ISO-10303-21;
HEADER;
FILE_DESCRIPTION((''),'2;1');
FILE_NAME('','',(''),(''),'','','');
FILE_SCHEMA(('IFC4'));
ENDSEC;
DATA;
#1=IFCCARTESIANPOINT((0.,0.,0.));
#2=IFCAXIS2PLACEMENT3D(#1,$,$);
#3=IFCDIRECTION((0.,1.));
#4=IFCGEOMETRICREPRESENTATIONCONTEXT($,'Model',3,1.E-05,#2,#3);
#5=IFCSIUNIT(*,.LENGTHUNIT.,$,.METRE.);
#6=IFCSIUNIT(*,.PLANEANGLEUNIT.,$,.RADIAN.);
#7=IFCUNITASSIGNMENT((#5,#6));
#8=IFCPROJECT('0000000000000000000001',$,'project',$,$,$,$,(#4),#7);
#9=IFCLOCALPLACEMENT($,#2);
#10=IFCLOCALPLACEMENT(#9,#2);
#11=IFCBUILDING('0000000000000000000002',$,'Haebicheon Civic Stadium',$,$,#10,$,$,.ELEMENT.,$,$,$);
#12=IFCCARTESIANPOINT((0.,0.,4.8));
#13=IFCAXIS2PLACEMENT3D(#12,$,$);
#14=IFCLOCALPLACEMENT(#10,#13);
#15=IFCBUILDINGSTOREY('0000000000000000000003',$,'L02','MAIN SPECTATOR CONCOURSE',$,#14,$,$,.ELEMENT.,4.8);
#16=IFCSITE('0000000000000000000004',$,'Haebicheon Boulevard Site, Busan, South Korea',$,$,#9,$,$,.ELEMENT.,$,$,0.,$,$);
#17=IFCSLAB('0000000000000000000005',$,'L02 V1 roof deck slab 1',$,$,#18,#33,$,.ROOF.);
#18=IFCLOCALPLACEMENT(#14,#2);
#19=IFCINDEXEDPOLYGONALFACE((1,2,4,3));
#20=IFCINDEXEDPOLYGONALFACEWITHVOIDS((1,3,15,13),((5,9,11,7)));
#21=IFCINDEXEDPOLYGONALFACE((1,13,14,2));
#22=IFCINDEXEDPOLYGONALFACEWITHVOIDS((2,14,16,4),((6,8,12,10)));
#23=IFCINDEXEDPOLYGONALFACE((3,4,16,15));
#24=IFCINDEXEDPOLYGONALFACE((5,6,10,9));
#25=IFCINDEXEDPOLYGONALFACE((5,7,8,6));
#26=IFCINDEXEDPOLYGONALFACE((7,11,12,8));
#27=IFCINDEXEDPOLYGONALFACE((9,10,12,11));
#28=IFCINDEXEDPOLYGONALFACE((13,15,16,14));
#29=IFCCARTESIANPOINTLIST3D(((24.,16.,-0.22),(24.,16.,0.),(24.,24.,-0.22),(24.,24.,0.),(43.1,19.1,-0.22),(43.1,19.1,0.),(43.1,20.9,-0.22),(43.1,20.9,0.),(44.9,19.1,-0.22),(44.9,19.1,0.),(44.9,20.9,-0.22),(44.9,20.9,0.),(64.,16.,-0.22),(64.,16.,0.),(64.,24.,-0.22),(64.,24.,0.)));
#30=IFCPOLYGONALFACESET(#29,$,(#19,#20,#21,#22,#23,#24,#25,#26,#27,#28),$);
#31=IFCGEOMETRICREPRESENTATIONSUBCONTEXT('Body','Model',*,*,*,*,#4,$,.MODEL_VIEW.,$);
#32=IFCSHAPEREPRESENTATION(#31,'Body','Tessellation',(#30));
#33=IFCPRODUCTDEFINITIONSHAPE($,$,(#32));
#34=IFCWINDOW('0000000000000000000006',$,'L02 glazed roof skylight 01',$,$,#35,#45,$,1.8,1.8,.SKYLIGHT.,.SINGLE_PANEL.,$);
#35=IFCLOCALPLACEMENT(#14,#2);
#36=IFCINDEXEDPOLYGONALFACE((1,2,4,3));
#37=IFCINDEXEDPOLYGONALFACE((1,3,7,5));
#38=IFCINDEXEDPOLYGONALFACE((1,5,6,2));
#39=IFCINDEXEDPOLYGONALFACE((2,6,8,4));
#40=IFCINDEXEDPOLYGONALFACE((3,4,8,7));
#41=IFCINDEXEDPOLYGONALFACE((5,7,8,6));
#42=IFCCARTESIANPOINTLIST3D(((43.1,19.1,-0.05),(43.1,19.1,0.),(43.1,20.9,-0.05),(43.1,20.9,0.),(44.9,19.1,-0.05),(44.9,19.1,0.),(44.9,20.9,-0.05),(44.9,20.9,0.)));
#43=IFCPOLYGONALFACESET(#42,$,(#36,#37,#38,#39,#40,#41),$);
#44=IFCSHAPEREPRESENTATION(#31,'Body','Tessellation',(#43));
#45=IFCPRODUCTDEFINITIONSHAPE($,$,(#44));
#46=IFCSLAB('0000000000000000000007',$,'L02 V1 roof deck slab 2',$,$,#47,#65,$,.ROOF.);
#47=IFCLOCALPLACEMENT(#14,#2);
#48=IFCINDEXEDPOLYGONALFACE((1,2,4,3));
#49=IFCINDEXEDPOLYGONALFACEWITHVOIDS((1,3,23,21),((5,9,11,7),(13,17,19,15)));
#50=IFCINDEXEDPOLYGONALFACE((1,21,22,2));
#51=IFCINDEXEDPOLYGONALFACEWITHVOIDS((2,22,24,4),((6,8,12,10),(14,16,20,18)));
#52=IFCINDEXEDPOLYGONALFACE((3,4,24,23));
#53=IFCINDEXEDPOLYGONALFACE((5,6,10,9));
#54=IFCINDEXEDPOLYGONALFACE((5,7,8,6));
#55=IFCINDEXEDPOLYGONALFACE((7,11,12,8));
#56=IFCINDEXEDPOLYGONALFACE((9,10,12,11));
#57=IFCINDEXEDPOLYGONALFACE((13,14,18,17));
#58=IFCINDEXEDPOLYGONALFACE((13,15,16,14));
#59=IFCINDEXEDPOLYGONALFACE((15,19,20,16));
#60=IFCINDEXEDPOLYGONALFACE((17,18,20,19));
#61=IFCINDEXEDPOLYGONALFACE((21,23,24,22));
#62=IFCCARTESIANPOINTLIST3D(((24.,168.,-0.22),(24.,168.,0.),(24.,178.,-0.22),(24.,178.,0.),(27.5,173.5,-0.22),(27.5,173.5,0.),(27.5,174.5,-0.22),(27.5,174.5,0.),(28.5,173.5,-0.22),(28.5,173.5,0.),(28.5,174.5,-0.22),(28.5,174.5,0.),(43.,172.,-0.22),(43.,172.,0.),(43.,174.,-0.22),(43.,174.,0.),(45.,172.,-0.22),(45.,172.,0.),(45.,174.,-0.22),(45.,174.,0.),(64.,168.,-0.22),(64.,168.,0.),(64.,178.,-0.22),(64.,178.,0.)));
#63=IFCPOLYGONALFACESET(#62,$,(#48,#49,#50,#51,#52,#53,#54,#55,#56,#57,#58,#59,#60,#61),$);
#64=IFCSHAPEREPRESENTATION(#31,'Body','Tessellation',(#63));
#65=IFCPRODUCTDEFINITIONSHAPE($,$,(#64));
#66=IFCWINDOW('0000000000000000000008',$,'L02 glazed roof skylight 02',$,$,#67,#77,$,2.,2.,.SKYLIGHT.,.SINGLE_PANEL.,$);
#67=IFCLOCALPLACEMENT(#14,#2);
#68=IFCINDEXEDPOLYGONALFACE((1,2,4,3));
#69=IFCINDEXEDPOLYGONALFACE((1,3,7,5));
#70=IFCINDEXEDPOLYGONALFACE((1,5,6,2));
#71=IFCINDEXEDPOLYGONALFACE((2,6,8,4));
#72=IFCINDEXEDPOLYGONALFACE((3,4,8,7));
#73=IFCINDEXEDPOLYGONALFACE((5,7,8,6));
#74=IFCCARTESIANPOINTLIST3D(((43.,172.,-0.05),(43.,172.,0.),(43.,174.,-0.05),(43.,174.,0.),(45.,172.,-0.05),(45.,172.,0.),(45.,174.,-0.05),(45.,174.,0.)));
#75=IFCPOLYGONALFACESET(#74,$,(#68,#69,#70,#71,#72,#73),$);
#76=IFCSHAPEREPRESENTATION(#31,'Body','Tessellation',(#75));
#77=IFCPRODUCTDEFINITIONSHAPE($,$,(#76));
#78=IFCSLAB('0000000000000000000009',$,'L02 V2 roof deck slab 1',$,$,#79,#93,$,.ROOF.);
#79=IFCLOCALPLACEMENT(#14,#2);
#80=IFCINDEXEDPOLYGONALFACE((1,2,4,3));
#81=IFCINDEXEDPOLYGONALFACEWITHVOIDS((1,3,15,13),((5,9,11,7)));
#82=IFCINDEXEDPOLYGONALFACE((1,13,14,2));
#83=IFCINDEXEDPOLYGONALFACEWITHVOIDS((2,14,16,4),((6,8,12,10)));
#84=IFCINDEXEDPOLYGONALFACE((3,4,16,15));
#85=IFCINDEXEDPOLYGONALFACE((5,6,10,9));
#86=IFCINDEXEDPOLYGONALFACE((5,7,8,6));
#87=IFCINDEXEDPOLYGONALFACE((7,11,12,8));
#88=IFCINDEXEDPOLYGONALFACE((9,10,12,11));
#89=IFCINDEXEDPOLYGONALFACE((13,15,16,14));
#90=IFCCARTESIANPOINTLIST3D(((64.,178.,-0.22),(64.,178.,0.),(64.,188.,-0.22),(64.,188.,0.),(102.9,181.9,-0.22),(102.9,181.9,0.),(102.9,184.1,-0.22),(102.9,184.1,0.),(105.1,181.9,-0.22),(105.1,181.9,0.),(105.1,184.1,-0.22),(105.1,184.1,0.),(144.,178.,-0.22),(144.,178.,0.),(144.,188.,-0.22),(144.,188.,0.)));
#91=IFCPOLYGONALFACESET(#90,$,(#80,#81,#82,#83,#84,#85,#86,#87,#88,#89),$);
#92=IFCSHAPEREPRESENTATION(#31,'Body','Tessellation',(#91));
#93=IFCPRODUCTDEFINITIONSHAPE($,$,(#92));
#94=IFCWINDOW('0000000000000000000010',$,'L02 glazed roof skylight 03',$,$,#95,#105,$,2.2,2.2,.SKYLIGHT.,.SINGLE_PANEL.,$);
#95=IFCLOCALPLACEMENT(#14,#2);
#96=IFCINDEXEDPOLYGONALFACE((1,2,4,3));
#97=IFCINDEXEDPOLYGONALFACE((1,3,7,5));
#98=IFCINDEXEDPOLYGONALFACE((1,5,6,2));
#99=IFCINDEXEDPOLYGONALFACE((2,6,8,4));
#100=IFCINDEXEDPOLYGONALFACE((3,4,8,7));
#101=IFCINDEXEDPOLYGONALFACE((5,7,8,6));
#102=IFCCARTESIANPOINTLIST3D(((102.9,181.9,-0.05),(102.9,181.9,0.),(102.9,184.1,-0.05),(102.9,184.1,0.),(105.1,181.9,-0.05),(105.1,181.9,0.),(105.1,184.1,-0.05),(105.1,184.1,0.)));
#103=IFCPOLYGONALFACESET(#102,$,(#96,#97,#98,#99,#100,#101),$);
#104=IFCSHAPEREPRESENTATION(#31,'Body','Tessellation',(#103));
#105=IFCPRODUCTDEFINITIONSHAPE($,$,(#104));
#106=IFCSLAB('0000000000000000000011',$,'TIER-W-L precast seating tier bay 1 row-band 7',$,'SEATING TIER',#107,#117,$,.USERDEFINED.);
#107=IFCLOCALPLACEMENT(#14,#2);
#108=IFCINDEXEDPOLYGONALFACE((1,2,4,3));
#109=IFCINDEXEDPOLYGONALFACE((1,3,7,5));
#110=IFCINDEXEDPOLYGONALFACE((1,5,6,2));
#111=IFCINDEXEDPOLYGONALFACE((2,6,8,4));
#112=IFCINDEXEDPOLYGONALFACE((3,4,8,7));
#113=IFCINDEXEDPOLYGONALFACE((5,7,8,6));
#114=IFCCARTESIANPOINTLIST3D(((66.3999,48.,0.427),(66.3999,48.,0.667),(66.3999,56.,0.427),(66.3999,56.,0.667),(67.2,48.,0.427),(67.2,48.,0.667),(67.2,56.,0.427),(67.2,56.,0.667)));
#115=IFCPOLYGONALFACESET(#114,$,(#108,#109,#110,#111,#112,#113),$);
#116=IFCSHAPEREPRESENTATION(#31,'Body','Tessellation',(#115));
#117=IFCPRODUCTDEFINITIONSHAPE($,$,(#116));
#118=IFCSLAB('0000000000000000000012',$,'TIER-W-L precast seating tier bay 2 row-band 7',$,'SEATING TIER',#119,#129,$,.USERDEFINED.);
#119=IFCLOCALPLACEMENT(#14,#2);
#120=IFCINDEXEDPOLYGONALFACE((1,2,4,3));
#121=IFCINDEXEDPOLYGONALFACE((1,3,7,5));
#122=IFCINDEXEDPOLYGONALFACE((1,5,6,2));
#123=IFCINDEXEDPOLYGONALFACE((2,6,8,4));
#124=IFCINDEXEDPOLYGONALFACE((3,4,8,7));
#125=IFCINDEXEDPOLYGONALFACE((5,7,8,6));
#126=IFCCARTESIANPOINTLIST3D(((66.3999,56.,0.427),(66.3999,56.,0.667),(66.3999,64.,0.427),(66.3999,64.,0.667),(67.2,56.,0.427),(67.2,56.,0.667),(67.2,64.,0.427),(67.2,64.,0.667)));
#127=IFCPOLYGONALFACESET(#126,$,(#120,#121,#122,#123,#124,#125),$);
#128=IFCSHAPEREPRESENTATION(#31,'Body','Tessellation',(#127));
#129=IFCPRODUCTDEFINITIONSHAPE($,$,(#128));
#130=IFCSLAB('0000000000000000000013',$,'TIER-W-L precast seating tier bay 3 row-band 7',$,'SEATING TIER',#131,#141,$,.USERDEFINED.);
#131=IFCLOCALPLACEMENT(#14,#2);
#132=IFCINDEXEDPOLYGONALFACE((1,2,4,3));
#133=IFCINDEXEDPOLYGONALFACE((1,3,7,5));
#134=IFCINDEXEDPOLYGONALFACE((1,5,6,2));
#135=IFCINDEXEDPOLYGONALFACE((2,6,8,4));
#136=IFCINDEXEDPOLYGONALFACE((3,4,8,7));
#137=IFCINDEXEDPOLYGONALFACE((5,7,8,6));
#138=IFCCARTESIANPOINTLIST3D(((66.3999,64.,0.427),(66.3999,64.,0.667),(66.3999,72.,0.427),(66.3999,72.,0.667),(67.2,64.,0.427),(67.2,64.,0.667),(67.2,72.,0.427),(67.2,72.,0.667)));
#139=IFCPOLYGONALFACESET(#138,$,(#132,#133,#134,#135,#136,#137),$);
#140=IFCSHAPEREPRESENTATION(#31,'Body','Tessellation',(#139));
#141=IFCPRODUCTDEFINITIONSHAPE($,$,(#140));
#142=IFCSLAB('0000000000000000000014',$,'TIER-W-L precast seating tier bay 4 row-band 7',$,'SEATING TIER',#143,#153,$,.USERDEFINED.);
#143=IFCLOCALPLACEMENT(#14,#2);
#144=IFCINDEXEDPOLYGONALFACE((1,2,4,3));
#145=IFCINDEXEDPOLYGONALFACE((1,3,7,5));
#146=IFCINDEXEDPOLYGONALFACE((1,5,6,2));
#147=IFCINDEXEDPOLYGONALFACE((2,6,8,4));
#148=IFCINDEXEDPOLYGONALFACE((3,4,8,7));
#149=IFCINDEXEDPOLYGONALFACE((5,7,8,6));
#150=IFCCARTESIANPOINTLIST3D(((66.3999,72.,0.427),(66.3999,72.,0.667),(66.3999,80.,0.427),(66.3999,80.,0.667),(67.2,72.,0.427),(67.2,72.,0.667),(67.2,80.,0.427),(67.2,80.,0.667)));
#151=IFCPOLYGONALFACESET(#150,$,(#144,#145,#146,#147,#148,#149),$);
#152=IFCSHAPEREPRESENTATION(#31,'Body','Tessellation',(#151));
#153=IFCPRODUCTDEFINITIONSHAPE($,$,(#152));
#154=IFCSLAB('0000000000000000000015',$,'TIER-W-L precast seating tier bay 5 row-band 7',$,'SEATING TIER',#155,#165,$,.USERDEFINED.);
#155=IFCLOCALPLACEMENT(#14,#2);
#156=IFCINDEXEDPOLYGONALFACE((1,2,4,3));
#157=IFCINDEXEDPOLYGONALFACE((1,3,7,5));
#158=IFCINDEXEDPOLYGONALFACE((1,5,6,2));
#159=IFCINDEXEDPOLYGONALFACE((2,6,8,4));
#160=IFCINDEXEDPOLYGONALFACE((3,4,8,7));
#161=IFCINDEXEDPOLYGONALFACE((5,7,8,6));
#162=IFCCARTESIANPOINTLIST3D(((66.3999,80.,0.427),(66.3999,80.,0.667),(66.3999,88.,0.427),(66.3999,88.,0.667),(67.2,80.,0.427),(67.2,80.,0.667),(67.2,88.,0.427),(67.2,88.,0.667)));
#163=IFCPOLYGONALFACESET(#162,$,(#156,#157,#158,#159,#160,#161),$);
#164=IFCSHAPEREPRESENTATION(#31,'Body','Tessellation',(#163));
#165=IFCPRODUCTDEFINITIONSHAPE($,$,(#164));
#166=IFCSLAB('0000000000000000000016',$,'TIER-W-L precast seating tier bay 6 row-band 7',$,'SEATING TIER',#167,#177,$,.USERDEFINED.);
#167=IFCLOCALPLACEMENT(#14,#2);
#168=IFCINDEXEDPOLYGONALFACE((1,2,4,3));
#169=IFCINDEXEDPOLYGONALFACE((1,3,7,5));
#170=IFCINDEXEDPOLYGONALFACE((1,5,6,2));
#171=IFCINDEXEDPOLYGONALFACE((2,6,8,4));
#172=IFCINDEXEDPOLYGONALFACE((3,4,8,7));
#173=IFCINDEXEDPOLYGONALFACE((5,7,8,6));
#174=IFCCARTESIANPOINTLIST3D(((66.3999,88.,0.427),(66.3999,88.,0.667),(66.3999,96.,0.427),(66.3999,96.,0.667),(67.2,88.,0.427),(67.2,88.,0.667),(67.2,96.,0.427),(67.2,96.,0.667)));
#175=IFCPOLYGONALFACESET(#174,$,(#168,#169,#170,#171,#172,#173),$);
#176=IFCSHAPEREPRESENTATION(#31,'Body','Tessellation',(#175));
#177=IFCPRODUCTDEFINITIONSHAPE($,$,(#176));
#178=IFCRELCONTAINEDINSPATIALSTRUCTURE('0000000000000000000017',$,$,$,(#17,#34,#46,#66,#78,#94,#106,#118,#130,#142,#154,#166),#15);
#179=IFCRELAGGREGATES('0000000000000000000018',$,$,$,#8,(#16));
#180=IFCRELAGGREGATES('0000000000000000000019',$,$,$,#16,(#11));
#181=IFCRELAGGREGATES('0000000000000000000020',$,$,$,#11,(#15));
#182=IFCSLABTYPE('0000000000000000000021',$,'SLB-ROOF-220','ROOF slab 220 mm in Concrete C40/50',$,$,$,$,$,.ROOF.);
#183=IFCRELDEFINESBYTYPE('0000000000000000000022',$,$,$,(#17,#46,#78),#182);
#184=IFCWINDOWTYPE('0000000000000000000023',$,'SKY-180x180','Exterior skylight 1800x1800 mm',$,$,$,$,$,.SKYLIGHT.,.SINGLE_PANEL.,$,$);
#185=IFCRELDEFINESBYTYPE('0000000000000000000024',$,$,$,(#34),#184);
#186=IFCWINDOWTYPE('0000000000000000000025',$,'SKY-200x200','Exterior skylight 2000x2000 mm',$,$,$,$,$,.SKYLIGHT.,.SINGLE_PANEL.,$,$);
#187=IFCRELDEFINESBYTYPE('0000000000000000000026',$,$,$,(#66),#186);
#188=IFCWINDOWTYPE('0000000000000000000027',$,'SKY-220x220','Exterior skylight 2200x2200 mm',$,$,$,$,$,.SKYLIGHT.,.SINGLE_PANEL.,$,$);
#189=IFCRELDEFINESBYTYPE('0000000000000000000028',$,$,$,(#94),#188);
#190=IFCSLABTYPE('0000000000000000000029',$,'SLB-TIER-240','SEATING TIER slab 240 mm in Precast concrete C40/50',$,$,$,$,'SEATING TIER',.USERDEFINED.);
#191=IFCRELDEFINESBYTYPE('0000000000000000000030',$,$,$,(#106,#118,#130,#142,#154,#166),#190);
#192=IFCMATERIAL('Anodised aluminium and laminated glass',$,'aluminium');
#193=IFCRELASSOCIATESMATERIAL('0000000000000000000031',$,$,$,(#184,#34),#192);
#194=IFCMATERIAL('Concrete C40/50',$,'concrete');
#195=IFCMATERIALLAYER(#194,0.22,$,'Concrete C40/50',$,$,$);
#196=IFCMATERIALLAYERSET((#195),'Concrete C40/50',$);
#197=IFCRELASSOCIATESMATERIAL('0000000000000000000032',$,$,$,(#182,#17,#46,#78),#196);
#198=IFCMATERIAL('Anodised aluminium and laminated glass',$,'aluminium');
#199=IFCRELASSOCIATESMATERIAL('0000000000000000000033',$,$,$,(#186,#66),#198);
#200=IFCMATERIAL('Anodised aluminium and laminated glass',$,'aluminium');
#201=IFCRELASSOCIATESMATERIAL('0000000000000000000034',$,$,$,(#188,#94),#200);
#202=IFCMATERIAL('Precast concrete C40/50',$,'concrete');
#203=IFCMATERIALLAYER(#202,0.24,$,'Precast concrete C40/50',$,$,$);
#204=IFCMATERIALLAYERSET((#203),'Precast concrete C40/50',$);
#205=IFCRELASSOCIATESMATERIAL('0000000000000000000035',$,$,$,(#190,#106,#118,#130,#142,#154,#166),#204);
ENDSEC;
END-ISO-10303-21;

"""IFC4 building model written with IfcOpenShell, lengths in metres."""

from ifc_helpers import new_model, si_unit, direction, frame, origin, origin_2d, place, context, subcontext, project, spatial, polyline, rectangle, outline, extrude, material, layer, layer_set, type_object, element, fill, save


model = new_model("IFC4")

# Units and contexts
model_context = context("Model", 3, precision=1e-05, world=origin(), true_north=direction((0.0, 1.0)))
body_context = subcontext(model_context, "Body", "Model", "MODEL_VIEW")
ifc_project = project(units=[si_unit("LENGTHUNIT", "METRE"), si_unit("PLANEANGLEUNIT", "RADIAN")], contexts=[model_context])

# Site, building, storey
site_placement = place(None, origin())
site = spatial("IfcSite", under=ifc_project, at=site_placement, Name="Haebicheon Boulevard Site, Busan, South Korea", CompositionType="ELEMENT", RefElevation=0.0)
building_placement = place(site_placement, origin())
building = spatial("IfcBuilding", under=site, at=building_placement, Name="Haebicheon Civic Stadium", CompositionType="ELEMENT")
storey_placement = place(building_placement, frame((0.0, 0.0, 4.8)))
storey = spatial("IfcBuildingStorey", under=building, at=storey_placement, Name="L02", Description="MAIN SPECTATOR CONCOURSE", CompositionType="ELEMENT", Elevation=4.8)

# Slabs, openings, windows
ifc_material_1 = material(Name="Anodised aluminium and laminated glass", Category="aluminium")
window_type_1 = type_object("IfcWindowType", Name="SKY-180x180", Description="Exterior skylight 1800x1800 mm", PartitioningType="SINGLE_PANEL", PredefinedType="SKYLIGHT", material=ifc_material_1)
ifc_material_2 = material(Name="Concrete C40/50", Category="concrete")
ifc_layer_1 = layer(ifc_material_2, 0.22, Name="Concrete C40/50")
ifc_layer_set_1 = layer_set([ifc_layer_1], Name="Concrete C40/50")
slab_type_1 = type_object("IfcSlabType", Name="SLB-ROOF-220", Description="ROOF slab 220 mm in Concrete C40/50", PredefinedType="ROOF", material=ifc_layer_set_1)
slab_1_placement = place(storey_placement, frame((0.0, 0.0, -0.22)))
slab_1 = element("IfcSlab", 1, at=slab_1_placement, inside=storey, type_object=slab_type_1, material=ifc_layer_set_1, Name="L02 V1 roof deck slab 1", PredefinedType="ROOF", context=body_context, shape_type="SweptSolid", body=[
    extrude(outline(polyline([(24.0, 24.0), (64.0, 24.0), (64.0, 16.0), (24.0, 16.0), (24.0, 24.0)])), origin(), (0.0, 0.0, 1.0), 0.22),
])
opening_1_placement = place(slab_1_placement, frame((44.0, 20.0, -0.01)))
opening_1 = element("IfcOpeningElement", 2, at=opening_1_placement, cuts=slab_1, PredefinedType="OPENING", context=body_context, shape_type="SweptSolid", body=[
    extrude(rectangle(XDim=1.8, YDim=1.8, at=origin_2d()), origin(), (0.0, 0.0, 1.0), 0.24),
])
window_1_placement = place(slab_1_placement, frame((44.0, 20.0, 0.1699)))
window_1 = element("IfcWindow", 3, at=window_1_placement, inside=storey, type_object=window_type_1, material=ifc_material_1, Name="L02 glazed roof skylight 01", OverallHeight=1.8, OverallWidth=1.8, PartitioningType="SINGLE_PANEL", PredefinedType="SKYLIGHT", context=body_context, shape_type="SweptSolid", body=[
    extrude(rectangle(XDim=1.8, YDim=1.8, at=origin_2d()), origin(), (0.0, 0.0, 1.0), 0.05),
])
fill(opening_1, window_1)
slab_2_placement = place(storey_placement, frame((0.0, 0.0, -0.22)))
slab_2 = element("IfcSlab", 4, at=slab_2_placement, inside=storey, type_object=slab_type_1, material=ifc_layer_set_1, Name="L02 V1 roof deck slab 2", PredefinedType="ROOF", context=body_context, shape_type="SweptSolid", body=[
    extrude(outline(polyline([(24.0, 178.0), (64.0, 178.0), (64.0, 168.0), (24.0, 168.0), (24.0, 178.0)]), holes=[polyline([(27.5, 173.5), (28.5, 173.5), (28.5, 174.5), (27.5, 174.5), (27.5, 173.5)])]), origin(), (0.0, 0.0, 1.0), 0.22),
])
opening_2_placement = place(slab_2_placement, frame((44.0, 173.0, -0.01)))
opening_2 = element("IfcOpeningElement", 5, at=opening_2_placement, cuts=slab_2, PredefinedType="OPENING", context=body_context, shape_type="SweptSolid", body=[
    extrude(rectangle(XDim=2.0, YDim=2.0, at=origin_2d()), origin(), (0.0, 0.0, 1.0), 0.24),
])
ifc_material_3 = material(Name="Anodised aluminium and laminated glass", Category="aluminium")
window_type_2 = type_object("IfcWindowType", Name="SKY-200x200", Description="Exterior skylight 2000x2000 mm", PartitioningType="SINGLE_PANEL", PredefinedType="SKYLIGHT", material=ifc_material_3)
window_2_placement = place(slab_2_placement, frame((44.0, 173.0, 0.1699)))
window_2 = element("IfcWindow", 6, at=window_2_placement, inside=storey, type_object=window_type_2, material=ifc_material_3, Name="L02 glazed roof skylight 02", OverallHeight=2.0, OverallWidth=2.0, PartitioningType="SINGLE_PANEL", PredefinedType="SKYLIGHT", context=body_context, shape_type="SweptSolid", body=[
    extrude(rectangle(XDim=2.0, YDim=2.0, at=origin_2d()), origin(), (0.0, 0.0, 1.0), 0.05),
])
fill(opening_2, window_2)
slab_3_placement = place(storey_placement, frame((0.0, 0.0, -0.22)))
slab_3 = element("IfcSlab", 7, at=slab_3_placement, inside=storey, type_object=slab_type_1, material=ifc_layer_set_1, Name="L02 V2 roof deck slab 1", PredefinedType="ROOF", context=body_context, shape_type="SweptSolid", body=[
    extrude(outline(polyline([(64.0, 188.0), (144.0, 188.0), (144.0, 178.0), (64.0, 178.0), (64.0, 188.0)])), origin(), (0.0, 0.0, 1.0), 0.22),
])
opening_3_placement = place(slab_3_placement, frame((104.0, 183.0, -0.01)))
opening_3 = element("IfcOpeningElement", 8, at=opening_3_placement, cuts=slab_3, PredefinedType="OPENING", context=body_context, shape_type="SweptSolid", body=[
    extrude(rectangle(XDim=2.2, YDim=2.2, at=origin_2d()), origin(), (0.0, 0.0, 1.0), 0.24),
])
ifc_material_4 = material(Name="Anodised aluminium and laminated glass", Category="aluminium")
window_type_3 = type_object("IfcWindowType", Name="SKY-220x220", Description="Exterior skylight 2200x2200 mm", PartitioningType="SINGLE_PANEL", PredefinedType="SKYLIGHT", material=ifc_material_4)
window_3_placement = place(slab_3_placement, frame((104.0, 183.0, 0.1699)))
window_3 = element("IfcWindow", 9, at=window_3_placement, inside=storey, type_object=window_type_3, material=ifc_material_4, Name="L02 glazed roof skylight 03", OverallHeight=2.2, OverallWidth=2.2, PartitioningType="SINGLE_PANEL", PredefinedType="SKYLIGHT", context=body_context, shape_type="SweptSolid", body=[
    extrude(rectangle(XDim=2.2, YDim=2.2, at=origin_2d()), origin(), (0.0, 0.0, 1.0), 0.05),
])
fill(opening_3, window_3)

# Slabs
ifc_material_5 = material(Name="Precast concrete C40/50", Category="concrete")
ifc_layer_2 = layer(ifc_material_5, 0.24, Name="Precast concrete C40/50")
ifc_layer_set_2 = layer_set([ifc_layer_2], Name="Precast concrete C40/50")
slab_type_2 = type_object("IfcSlabType", Name="SLB-TIER-240", Description="SEATING TIER slab 240 mm in Precast concrete C40/50", ElementType="SEATING TIER", PredefinedType="USERDEFINED", material=ifc_layer_set_2)
slab_4_placement = place(storey_placement, frame((0.0, 0.0, 0.427)))
element("IfcSlab", 10, at=slab_4_placement, inside=storey, type_object=slab_type_2, material=ifc_layer_set_2, Name="TIER-W-L precast seating tier bay 1 row-band 7", ObjectType="SEATING TIER", PredefinedType="USERDEFINED", context=body_context, shape_type="SweptSolid", body=[
    extrude(outline(polyline([(66.3999, 48.0), (67.2, 48.0), (67.2, 56.0), (66.3999, 56.0), (66.3999, 48.0)])), origin(), (0.0, 0.0, 1.0), 0.24),
])
slab_5_placement = place(storey_placement, frame((0.0, 0.0, 0.427)))
element("IfcSlab", 11, at=slab_5_placement, inside=storey, type_object=slab_type_2, material=ifc_layer_set_2, Name="TIER-W-L precast seating tier bay 2 row-band 7", ObjectType="SEATING TIER", PredefinedType="USERDEFINED", context=body_context, shape_type="SweptSolid", body=[
    extrude(outline(polyline([(66.3999, 56.0), (67.2, 56.0), (67.2, 64.0), (66.3999, 64.0), (66.3999, 56.0)])), origin(), (0.0, 0.0, 1.0), 0.24),
])
slab_6_placement = place(storey_placement, frame((0.0, 0.0, 0.427)))
element("IfcSlab", 12, at=slab_6_placement, inside=storey, type_object=slab_type_2, material=ifc_layer_set_2, Name="TIER-W-L precast seating tier bay 3 row-band 7", ObjectType="SEATING TIER", PredefinedType="USERDEFINED", context=body_context, shape_type="SweptSolid", body=[
    extrude(outline(polyline([(66.3999, 64.0), (67.2, 64.0), (67.2, 72.0), (66.3999, 72.0), (66.3999, 64.0)])), origin(), (0.0, 0.0, 1.0), 0.24),
])
slab_7_placement = place(storey_placement, frame((0.0, 0.0, 0.427)))
element("IfcSlab", 13, at=slab_7_placement, inside=storey, type_object=slab_type_2, material=ifc_layer_set_2, Name="TIER-W-L precast seating tier bay 4 row-band 7", ObjectType="SEATING TIER", PredefinedType="USERDEFINED", context=body_context, shape_type="SweptSolid", body=[
    extrude(outline(polyline([(66.3999, 72.0), (67.2, 72.0), (67.2, 80.0), (66.3999, 80.0), (66.3999, 72.0)])), origin(), (0.0, 0.0, 1.0), 0.24),
])
slab_8_placement = place(storey_placement, frame((0.0, 0.0, 0.427)))
element("IfcSlab", 14, at=slab_8_placement, inside=storey, type_object=slab_type_2, material=ifc_layer_set_2, Name="TIER-W-L precast seating tier bay 5 row-band 7", ObjectType="SEATING TIER", PredefinedType="USERDEFINED", context=body_context, shape_type="SweptSolid", body=[
    extrude(outline(polyline([(66.3999, 80.0), (67.2, 80.0), (67.2, 88.0), (66.3999, 88.0), (66.3999, 80.0)])), origin(), (0.0, 0.0, 1.0), 0.24),
])
slab_9_placement = place(storey_placement, frame((0.0, 0.0, 0.427)))
element("IfcSlab", 15, at=slab_9_placement, inside=storey, type_object=slab_type_2, material=ifc_layer_set_2, Name="TIER-W-L precast seating tier bay 6 row-band 7", ObjectType="SEATING TIER", PredefinedType="USERDEFINED", context=body_context, shape_type="SweptSolid", body=[
    extrude(outline(polyline([(66.3999, 88.0), (67.2, 88.0), (67.2, 96.0), (66.3999, 96.0), (66.3999, 88.0)])), origin(), (0.0, 0.0, 1.0), 0.24),
])

save(model, "model.ifc")
